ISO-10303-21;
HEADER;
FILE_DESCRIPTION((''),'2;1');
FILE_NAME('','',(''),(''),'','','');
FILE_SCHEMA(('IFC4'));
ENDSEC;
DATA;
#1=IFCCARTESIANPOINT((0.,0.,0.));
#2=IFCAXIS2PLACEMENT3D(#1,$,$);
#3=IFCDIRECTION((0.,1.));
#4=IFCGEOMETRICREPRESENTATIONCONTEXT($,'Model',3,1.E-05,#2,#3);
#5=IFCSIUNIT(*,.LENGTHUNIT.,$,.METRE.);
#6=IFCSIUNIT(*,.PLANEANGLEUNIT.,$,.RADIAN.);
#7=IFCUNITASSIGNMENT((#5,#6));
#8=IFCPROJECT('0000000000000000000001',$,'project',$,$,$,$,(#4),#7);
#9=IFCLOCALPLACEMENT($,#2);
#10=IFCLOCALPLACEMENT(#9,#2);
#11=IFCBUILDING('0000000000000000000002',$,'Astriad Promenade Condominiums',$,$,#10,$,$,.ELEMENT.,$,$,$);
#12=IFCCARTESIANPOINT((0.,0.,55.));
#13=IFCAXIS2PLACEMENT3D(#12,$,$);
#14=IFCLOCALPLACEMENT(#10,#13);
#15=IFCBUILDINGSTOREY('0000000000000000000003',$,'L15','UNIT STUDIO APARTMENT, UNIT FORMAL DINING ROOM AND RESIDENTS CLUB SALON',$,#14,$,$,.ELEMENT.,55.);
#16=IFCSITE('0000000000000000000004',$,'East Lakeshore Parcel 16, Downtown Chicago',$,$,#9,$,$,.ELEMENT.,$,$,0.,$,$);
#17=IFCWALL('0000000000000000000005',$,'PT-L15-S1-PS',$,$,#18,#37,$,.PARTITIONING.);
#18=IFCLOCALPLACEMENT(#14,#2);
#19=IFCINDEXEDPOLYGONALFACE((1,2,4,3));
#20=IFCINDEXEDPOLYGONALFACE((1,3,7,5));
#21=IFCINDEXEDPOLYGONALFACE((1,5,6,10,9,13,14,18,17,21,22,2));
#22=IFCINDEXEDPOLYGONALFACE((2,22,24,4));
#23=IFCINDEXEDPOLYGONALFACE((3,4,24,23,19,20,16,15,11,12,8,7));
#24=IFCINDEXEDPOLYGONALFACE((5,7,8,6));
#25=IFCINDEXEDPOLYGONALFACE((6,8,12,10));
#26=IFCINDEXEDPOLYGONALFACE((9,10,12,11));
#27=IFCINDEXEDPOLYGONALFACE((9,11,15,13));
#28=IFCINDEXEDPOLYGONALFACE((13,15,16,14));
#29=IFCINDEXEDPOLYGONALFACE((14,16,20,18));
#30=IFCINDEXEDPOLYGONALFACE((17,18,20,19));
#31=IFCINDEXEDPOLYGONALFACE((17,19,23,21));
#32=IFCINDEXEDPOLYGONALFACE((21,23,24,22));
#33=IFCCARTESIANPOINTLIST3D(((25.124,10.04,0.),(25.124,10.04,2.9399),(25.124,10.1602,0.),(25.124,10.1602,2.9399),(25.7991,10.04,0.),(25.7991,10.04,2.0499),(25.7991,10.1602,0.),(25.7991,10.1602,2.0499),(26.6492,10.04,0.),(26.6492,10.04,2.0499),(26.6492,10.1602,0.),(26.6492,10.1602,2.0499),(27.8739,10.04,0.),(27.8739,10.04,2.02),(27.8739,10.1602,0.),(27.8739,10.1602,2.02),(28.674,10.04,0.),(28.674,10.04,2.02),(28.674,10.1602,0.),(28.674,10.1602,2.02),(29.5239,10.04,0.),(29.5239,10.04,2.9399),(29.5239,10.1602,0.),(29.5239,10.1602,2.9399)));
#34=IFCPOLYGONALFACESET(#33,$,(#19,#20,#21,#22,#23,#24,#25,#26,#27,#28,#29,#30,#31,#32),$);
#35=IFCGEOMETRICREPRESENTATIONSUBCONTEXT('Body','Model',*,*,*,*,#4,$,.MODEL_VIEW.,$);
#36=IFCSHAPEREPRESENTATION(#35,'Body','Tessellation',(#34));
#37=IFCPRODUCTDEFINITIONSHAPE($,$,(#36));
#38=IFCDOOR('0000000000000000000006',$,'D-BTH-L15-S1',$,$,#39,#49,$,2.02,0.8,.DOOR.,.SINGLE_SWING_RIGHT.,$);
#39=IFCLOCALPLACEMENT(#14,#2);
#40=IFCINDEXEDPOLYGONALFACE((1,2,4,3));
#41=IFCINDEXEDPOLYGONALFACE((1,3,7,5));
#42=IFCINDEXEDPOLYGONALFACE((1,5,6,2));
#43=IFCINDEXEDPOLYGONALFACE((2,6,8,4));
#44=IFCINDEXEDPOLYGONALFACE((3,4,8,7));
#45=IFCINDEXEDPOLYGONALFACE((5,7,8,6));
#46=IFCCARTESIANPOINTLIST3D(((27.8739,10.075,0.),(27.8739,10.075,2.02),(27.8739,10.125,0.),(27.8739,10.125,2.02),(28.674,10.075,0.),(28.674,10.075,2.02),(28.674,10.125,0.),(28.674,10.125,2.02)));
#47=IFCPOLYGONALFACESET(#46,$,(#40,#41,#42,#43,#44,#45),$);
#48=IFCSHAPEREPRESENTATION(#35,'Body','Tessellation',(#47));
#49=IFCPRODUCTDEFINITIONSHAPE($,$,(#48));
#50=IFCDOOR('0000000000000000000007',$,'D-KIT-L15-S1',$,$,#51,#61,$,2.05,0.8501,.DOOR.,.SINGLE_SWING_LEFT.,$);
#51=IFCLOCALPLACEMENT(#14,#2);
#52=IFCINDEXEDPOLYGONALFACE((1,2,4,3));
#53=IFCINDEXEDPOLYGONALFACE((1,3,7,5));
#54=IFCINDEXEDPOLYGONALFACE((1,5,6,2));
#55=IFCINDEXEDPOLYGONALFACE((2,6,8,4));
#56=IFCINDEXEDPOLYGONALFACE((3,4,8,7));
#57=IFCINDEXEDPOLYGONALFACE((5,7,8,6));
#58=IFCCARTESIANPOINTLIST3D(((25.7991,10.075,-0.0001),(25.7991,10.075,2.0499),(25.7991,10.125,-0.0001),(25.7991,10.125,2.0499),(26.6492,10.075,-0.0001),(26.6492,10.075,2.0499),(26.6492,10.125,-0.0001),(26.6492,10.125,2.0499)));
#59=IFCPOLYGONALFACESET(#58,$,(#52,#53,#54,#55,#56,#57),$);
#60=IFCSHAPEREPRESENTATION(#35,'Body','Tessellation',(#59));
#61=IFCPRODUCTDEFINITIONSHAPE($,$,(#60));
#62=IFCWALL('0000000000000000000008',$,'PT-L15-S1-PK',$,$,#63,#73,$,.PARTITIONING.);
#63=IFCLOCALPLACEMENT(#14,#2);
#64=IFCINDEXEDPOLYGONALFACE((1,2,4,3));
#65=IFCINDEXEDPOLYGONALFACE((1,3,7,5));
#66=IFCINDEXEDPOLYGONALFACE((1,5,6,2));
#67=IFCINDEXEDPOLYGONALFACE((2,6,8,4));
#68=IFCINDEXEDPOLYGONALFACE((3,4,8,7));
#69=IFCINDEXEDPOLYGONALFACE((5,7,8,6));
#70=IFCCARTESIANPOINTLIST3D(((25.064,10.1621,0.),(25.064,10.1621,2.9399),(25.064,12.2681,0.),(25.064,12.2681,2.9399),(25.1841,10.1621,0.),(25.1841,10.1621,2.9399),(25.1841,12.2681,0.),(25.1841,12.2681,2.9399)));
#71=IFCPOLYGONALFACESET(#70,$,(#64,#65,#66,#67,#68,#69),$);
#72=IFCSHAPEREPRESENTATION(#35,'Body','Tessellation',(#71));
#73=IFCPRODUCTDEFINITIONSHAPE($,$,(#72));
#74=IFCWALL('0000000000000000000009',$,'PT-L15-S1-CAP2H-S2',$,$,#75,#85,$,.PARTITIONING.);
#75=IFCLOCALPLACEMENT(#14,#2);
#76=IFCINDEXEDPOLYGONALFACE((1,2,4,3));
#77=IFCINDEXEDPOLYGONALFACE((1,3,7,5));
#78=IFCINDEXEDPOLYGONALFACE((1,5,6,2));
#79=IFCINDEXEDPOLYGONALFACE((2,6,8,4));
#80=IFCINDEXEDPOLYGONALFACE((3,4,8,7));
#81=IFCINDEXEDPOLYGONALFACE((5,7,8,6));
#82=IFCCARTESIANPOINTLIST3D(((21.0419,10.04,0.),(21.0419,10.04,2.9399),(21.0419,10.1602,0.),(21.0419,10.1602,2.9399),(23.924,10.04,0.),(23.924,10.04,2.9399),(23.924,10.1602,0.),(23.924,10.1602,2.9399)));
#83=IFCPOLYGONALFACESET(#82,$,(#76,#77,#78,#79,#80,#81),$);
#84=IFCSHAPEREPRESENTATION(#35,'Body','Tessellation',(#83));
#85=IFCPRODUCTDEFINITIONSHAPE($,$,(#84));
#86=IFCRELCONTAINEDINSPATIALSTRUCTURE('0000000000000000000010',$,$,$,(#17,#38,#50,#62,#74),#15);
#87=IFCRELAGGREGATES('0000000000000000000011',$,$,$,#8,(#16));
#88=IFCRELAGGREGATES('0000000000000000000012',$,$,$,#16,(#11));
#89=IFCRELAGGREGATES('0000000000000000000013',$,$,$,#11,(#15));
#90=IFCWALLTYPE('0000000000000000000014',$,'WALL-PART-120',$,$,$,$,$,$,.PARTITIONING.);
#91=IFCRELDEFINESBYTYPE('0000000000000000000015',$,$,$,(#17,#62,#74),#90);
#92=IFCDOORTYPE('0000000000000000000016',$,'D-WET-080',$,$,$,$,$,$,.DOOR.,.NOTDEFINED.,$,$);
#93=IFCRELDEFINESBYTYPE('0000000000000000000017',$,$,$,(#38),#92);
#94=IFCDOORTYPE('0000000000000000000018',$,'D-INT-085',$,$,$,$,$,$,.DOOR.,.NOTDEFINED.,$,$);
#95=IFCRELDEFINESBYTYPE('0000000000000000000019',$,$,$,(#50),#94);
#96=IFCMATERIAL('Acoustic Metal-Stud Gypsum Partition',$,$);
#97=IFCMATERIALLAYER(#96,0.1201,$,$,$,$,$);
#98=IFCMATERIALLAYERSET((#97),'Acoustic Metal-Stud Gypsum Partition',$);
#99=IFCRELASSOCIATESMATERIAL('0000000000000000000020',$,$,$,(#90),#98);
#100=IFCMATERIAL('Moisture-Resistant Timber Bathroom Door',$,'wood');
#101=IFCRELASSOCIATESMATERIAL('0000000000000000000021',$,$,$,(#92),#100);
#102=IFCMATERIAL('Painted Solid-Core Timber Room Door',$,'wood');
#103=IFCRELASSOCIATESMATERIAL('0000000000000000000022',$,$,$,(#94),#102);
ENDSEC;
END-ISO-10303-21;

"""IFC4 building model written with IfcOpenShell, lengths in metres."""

from ifc_helpers import new_model, si_unit, direction, frame, frame_2d, origin, place, context, subcontext, project, spatial, rectangle, extrude, source, transform, mapped, material, layer, layer_set, type_object, type_shapes, element, fill, save


model = new_model("IFC4")

# Units and contexts
model_context = context("Model", 3, precision=1e-05, world=origin(), true_north=direction((0.0, 1.0)))
body_context = subcontext(model_context, "Body", "Model", "MODEL_VIEW")
ifc_project = project(units=[si_unit("LENGTHUNIT", "METRE"), si_unit("PLANEANGLEUNIT", "RADIAN")], contexts=[model_context])

# Site, building, storey
site_placement = place(None, origin())
site = spatial("IfcSite", under=ifc_project, at=site_placement, Name="East Lakeshore Parcel 16, Downtown Chicago", CompositionType="ELEMENT", RefElevation=0.0)
building_placement = place(site_placement, origin())
building = spatial("IfcBuilding", under=site, at=building_placement, Name="Astriad Promenade Condominiums", CompositionType="ELEMENT")
storey_placement = place(building_placement, frame((0.0, 0.0, 55.0)))
storey = spatial("IfcBuildingStorey", under=building, at=storey_placement, Name="L15", Description="UNIT STUDIO APARTMENT, UNIT FORMAL DINING ROOM AND RESIDENTS CLUB SALON", CompositionType="ELEMENT", Elevation=55.0)

# Wall, openings, doors
ifc_material_1 = material(Name="Acoustic Metal-Stud Gypsum Partition")
ifc_layer_1 = layer(ifc_material_1, 0.1201)
ifc_layer_set_1 = layer_set([ifc_layer_1], Name="Acoustic Metal-Stud Gypsum Partition")
wall_type_1 = type_object("IfcWallType", Name="WALL-PART-120", PredefinedType="PARTITIONING", material=ifc_layer_set_1)
wall_1_placement = place(storey_placement, frame((25.124, 10.1001, 0.0), z_axis=(0.0, 0.0, 1.0), x_axis=(1.0, 0.0, 0.0)))
wall_1 = element("IfcWall", 1, at=wall_1_placement, inside=storey, type_object=wall_type_1, Name="PT-L15-S1-PS", PredefinedType="PARTITIONING", context=body_context, shape_type="SweptSolid", body=[
    extrude(rectangle(XDim=4.3999, YDim=0.1201, at=frame_2d((2.2, 0.0))), origin(), (0.0, 0.0, 1.0), 2.9399),
])
opening_1_placement = place(wall_1_placement, frame((0.675, 0.0, 0.0)))
opening_1 = element("IfcOpeningElement", 2, at=opening_1_placement, cuts=wall_1, PredefinedType="OPENING", context=body_context, shape_type="SweptSolid", body=[
    extrude(rectangle(XDim=0.8501, YDim=2.05, at=frame_2d((0.425, 1.0249))), frame((0.0, 0.0701, 0.0), z_axis=(0.0, -1.0, 0.0), x_axis=(1.0, 0.0, 0.0)), (0.0, 0.0, 1.0), 0.1401),
])
opening_2_placement = place(wall_1_placement, frame((2.75, 0.0, 0.0)))
opening_2 = element("IfcOpeningElement", 3, at=opening_2_placement, cuts=wall_1, PredefinedType="OPENING", context=body_context, shape_type="SweptSolid", body=[
    extrude(rectangle(XDim=0.8, YDim=2.02, at=frame_2d((0.3999, 1.01))), frame((0.0, 0.0701, 0.0), z_axis=(0.0, -1.0, 0.0), x_axis=(1.0, 0.0, 0.0)), (0.0, 0.0, 1.0), 0.1401),
])
ifc_material_2 = material(Name="Moisture-Resistant Timber Bathroom Door", Category="wood")
door_type_1 = type_object("IfcDoorType", Name="D-WET-080", OperationType="NOTDEFINED", PredefinedType="DOOR", material=ifc_material_2)
shared_shape_1 = source(origin(), body_context, "Body", "SweptSolid", [
    extrude(rectangle(XDim=0.8, YDim=2.02, at=frame_2d((0.3999, 1.01))), frame((0.0, 0.0249, 0.0), z_axis=(0.0, -1.0, 0.0), x_axis=(1.0, 0.0, 0.0)), (0.0, 0.0, 1.0), 0.05),
])
type_shapes(door_type_1, [shared_shape_1])
door_1_placement = place(opening_2_placement, origin())
door_1 = element("IfcDoor", 4, at=door_1_placement, inside=storey, type_object=door_type_1, Name="D-BTH-L15-S1", OperationType="SINGLE_SWING_RIGHT", OverallHeight=2.02, OverallWidth=0.8, PredefinedType="DOOR", context=body_context, shape_type="MappedRepresentation", body=[
    mapped(shared_shape_1, transform((0.0, 0.0, 0.0), scale=1.0)),
])
fill(opening_2, door_1)
ifc_material_3 = material(Name="Painted Solid-Core Timber Room Door", Category="wood")
door_type_2 = type_object("IfcDoorType", Name="D-INT-085", OperationType="NOTDEFINED", PredefinedType="DOOR", material=ifc_material_3)
shared_shape_2 = source(origin(), body_context, "Body", "SweptSolid", [
    extrude(rectangle(XDim=0.8501, YDim=2.05, at=frame_2d((0.425, 1.0249))), frame((0.0, 0.0249, 0.0), z_axis=(0.0, -1.0, 0.0), x_axis=(1.0, 0.0, 0.0)), (0.0, 0.0, 1.0), 0.05),
])
type_shapes(door_type_2, [shared_shape_2])
door_2_placement = place(opening_1_placement, origin())
door_2 = element("IfcDoor", 5, at=door_2_placement, inside=storey, type_object=door_type_2, Name="D-KIT-L15-S1", OperationType="SINGLE_SWING_LEFT", OverallHeight=2.05, OverallWidth=0.8501, PredefinedType="DOOR", context=body_context, shape_type="MappedRepresentation", body=[
    mapped(shared_shape_2, transform((0.0, 0.0, 0.0), scale=1.0)),
])
fill(opening_1, door_2)

# Walls
wall_2_placement = place(storey_placement, frame((25.124, 10.1621, 0.0), z_axis=(0.0, 0.0, 1.0), x_axis=(0.0, 1.0, 0.0)))
element("IfcWall", 6, at=wall_2_placement, inside=storey, type_object=wall_type_1, Name="PT-L15-S1-PK", PredefinedType="PARTITIONING", context=body_context, shape_type="SweptSolid", body=[
    extrude(rectangle(XDim=2.106, YDim=0.1201, at=frame_2d((1.053, 0.0))), origin(), (0.0, 0.0, 1.0), 2.9399),
])
wall_3_placement = place(storey_placement, frame((21.042, 10.1001, 0.0), z_axis=(0.0, 0.0, 1.0), x_axis=(1.0, 0.0, 0.0)))
element("IfcWall", 7, at=wall_3_placement, inside=storey, type_object=wall_type_1, Name="PT-L15-S1-CAP2H-S2", PredefinedType="PARTITIONING", context=body_context, shape_type="SweptSolid", body=[
    extrude(rectangle(XDim=2.8821, YDim=0.1201, at=frame_2d((1.4409, 0.0))), origin(), (0.0, 0.0, 1.0), 2.9399),
])

save(model, "model.ifc")
